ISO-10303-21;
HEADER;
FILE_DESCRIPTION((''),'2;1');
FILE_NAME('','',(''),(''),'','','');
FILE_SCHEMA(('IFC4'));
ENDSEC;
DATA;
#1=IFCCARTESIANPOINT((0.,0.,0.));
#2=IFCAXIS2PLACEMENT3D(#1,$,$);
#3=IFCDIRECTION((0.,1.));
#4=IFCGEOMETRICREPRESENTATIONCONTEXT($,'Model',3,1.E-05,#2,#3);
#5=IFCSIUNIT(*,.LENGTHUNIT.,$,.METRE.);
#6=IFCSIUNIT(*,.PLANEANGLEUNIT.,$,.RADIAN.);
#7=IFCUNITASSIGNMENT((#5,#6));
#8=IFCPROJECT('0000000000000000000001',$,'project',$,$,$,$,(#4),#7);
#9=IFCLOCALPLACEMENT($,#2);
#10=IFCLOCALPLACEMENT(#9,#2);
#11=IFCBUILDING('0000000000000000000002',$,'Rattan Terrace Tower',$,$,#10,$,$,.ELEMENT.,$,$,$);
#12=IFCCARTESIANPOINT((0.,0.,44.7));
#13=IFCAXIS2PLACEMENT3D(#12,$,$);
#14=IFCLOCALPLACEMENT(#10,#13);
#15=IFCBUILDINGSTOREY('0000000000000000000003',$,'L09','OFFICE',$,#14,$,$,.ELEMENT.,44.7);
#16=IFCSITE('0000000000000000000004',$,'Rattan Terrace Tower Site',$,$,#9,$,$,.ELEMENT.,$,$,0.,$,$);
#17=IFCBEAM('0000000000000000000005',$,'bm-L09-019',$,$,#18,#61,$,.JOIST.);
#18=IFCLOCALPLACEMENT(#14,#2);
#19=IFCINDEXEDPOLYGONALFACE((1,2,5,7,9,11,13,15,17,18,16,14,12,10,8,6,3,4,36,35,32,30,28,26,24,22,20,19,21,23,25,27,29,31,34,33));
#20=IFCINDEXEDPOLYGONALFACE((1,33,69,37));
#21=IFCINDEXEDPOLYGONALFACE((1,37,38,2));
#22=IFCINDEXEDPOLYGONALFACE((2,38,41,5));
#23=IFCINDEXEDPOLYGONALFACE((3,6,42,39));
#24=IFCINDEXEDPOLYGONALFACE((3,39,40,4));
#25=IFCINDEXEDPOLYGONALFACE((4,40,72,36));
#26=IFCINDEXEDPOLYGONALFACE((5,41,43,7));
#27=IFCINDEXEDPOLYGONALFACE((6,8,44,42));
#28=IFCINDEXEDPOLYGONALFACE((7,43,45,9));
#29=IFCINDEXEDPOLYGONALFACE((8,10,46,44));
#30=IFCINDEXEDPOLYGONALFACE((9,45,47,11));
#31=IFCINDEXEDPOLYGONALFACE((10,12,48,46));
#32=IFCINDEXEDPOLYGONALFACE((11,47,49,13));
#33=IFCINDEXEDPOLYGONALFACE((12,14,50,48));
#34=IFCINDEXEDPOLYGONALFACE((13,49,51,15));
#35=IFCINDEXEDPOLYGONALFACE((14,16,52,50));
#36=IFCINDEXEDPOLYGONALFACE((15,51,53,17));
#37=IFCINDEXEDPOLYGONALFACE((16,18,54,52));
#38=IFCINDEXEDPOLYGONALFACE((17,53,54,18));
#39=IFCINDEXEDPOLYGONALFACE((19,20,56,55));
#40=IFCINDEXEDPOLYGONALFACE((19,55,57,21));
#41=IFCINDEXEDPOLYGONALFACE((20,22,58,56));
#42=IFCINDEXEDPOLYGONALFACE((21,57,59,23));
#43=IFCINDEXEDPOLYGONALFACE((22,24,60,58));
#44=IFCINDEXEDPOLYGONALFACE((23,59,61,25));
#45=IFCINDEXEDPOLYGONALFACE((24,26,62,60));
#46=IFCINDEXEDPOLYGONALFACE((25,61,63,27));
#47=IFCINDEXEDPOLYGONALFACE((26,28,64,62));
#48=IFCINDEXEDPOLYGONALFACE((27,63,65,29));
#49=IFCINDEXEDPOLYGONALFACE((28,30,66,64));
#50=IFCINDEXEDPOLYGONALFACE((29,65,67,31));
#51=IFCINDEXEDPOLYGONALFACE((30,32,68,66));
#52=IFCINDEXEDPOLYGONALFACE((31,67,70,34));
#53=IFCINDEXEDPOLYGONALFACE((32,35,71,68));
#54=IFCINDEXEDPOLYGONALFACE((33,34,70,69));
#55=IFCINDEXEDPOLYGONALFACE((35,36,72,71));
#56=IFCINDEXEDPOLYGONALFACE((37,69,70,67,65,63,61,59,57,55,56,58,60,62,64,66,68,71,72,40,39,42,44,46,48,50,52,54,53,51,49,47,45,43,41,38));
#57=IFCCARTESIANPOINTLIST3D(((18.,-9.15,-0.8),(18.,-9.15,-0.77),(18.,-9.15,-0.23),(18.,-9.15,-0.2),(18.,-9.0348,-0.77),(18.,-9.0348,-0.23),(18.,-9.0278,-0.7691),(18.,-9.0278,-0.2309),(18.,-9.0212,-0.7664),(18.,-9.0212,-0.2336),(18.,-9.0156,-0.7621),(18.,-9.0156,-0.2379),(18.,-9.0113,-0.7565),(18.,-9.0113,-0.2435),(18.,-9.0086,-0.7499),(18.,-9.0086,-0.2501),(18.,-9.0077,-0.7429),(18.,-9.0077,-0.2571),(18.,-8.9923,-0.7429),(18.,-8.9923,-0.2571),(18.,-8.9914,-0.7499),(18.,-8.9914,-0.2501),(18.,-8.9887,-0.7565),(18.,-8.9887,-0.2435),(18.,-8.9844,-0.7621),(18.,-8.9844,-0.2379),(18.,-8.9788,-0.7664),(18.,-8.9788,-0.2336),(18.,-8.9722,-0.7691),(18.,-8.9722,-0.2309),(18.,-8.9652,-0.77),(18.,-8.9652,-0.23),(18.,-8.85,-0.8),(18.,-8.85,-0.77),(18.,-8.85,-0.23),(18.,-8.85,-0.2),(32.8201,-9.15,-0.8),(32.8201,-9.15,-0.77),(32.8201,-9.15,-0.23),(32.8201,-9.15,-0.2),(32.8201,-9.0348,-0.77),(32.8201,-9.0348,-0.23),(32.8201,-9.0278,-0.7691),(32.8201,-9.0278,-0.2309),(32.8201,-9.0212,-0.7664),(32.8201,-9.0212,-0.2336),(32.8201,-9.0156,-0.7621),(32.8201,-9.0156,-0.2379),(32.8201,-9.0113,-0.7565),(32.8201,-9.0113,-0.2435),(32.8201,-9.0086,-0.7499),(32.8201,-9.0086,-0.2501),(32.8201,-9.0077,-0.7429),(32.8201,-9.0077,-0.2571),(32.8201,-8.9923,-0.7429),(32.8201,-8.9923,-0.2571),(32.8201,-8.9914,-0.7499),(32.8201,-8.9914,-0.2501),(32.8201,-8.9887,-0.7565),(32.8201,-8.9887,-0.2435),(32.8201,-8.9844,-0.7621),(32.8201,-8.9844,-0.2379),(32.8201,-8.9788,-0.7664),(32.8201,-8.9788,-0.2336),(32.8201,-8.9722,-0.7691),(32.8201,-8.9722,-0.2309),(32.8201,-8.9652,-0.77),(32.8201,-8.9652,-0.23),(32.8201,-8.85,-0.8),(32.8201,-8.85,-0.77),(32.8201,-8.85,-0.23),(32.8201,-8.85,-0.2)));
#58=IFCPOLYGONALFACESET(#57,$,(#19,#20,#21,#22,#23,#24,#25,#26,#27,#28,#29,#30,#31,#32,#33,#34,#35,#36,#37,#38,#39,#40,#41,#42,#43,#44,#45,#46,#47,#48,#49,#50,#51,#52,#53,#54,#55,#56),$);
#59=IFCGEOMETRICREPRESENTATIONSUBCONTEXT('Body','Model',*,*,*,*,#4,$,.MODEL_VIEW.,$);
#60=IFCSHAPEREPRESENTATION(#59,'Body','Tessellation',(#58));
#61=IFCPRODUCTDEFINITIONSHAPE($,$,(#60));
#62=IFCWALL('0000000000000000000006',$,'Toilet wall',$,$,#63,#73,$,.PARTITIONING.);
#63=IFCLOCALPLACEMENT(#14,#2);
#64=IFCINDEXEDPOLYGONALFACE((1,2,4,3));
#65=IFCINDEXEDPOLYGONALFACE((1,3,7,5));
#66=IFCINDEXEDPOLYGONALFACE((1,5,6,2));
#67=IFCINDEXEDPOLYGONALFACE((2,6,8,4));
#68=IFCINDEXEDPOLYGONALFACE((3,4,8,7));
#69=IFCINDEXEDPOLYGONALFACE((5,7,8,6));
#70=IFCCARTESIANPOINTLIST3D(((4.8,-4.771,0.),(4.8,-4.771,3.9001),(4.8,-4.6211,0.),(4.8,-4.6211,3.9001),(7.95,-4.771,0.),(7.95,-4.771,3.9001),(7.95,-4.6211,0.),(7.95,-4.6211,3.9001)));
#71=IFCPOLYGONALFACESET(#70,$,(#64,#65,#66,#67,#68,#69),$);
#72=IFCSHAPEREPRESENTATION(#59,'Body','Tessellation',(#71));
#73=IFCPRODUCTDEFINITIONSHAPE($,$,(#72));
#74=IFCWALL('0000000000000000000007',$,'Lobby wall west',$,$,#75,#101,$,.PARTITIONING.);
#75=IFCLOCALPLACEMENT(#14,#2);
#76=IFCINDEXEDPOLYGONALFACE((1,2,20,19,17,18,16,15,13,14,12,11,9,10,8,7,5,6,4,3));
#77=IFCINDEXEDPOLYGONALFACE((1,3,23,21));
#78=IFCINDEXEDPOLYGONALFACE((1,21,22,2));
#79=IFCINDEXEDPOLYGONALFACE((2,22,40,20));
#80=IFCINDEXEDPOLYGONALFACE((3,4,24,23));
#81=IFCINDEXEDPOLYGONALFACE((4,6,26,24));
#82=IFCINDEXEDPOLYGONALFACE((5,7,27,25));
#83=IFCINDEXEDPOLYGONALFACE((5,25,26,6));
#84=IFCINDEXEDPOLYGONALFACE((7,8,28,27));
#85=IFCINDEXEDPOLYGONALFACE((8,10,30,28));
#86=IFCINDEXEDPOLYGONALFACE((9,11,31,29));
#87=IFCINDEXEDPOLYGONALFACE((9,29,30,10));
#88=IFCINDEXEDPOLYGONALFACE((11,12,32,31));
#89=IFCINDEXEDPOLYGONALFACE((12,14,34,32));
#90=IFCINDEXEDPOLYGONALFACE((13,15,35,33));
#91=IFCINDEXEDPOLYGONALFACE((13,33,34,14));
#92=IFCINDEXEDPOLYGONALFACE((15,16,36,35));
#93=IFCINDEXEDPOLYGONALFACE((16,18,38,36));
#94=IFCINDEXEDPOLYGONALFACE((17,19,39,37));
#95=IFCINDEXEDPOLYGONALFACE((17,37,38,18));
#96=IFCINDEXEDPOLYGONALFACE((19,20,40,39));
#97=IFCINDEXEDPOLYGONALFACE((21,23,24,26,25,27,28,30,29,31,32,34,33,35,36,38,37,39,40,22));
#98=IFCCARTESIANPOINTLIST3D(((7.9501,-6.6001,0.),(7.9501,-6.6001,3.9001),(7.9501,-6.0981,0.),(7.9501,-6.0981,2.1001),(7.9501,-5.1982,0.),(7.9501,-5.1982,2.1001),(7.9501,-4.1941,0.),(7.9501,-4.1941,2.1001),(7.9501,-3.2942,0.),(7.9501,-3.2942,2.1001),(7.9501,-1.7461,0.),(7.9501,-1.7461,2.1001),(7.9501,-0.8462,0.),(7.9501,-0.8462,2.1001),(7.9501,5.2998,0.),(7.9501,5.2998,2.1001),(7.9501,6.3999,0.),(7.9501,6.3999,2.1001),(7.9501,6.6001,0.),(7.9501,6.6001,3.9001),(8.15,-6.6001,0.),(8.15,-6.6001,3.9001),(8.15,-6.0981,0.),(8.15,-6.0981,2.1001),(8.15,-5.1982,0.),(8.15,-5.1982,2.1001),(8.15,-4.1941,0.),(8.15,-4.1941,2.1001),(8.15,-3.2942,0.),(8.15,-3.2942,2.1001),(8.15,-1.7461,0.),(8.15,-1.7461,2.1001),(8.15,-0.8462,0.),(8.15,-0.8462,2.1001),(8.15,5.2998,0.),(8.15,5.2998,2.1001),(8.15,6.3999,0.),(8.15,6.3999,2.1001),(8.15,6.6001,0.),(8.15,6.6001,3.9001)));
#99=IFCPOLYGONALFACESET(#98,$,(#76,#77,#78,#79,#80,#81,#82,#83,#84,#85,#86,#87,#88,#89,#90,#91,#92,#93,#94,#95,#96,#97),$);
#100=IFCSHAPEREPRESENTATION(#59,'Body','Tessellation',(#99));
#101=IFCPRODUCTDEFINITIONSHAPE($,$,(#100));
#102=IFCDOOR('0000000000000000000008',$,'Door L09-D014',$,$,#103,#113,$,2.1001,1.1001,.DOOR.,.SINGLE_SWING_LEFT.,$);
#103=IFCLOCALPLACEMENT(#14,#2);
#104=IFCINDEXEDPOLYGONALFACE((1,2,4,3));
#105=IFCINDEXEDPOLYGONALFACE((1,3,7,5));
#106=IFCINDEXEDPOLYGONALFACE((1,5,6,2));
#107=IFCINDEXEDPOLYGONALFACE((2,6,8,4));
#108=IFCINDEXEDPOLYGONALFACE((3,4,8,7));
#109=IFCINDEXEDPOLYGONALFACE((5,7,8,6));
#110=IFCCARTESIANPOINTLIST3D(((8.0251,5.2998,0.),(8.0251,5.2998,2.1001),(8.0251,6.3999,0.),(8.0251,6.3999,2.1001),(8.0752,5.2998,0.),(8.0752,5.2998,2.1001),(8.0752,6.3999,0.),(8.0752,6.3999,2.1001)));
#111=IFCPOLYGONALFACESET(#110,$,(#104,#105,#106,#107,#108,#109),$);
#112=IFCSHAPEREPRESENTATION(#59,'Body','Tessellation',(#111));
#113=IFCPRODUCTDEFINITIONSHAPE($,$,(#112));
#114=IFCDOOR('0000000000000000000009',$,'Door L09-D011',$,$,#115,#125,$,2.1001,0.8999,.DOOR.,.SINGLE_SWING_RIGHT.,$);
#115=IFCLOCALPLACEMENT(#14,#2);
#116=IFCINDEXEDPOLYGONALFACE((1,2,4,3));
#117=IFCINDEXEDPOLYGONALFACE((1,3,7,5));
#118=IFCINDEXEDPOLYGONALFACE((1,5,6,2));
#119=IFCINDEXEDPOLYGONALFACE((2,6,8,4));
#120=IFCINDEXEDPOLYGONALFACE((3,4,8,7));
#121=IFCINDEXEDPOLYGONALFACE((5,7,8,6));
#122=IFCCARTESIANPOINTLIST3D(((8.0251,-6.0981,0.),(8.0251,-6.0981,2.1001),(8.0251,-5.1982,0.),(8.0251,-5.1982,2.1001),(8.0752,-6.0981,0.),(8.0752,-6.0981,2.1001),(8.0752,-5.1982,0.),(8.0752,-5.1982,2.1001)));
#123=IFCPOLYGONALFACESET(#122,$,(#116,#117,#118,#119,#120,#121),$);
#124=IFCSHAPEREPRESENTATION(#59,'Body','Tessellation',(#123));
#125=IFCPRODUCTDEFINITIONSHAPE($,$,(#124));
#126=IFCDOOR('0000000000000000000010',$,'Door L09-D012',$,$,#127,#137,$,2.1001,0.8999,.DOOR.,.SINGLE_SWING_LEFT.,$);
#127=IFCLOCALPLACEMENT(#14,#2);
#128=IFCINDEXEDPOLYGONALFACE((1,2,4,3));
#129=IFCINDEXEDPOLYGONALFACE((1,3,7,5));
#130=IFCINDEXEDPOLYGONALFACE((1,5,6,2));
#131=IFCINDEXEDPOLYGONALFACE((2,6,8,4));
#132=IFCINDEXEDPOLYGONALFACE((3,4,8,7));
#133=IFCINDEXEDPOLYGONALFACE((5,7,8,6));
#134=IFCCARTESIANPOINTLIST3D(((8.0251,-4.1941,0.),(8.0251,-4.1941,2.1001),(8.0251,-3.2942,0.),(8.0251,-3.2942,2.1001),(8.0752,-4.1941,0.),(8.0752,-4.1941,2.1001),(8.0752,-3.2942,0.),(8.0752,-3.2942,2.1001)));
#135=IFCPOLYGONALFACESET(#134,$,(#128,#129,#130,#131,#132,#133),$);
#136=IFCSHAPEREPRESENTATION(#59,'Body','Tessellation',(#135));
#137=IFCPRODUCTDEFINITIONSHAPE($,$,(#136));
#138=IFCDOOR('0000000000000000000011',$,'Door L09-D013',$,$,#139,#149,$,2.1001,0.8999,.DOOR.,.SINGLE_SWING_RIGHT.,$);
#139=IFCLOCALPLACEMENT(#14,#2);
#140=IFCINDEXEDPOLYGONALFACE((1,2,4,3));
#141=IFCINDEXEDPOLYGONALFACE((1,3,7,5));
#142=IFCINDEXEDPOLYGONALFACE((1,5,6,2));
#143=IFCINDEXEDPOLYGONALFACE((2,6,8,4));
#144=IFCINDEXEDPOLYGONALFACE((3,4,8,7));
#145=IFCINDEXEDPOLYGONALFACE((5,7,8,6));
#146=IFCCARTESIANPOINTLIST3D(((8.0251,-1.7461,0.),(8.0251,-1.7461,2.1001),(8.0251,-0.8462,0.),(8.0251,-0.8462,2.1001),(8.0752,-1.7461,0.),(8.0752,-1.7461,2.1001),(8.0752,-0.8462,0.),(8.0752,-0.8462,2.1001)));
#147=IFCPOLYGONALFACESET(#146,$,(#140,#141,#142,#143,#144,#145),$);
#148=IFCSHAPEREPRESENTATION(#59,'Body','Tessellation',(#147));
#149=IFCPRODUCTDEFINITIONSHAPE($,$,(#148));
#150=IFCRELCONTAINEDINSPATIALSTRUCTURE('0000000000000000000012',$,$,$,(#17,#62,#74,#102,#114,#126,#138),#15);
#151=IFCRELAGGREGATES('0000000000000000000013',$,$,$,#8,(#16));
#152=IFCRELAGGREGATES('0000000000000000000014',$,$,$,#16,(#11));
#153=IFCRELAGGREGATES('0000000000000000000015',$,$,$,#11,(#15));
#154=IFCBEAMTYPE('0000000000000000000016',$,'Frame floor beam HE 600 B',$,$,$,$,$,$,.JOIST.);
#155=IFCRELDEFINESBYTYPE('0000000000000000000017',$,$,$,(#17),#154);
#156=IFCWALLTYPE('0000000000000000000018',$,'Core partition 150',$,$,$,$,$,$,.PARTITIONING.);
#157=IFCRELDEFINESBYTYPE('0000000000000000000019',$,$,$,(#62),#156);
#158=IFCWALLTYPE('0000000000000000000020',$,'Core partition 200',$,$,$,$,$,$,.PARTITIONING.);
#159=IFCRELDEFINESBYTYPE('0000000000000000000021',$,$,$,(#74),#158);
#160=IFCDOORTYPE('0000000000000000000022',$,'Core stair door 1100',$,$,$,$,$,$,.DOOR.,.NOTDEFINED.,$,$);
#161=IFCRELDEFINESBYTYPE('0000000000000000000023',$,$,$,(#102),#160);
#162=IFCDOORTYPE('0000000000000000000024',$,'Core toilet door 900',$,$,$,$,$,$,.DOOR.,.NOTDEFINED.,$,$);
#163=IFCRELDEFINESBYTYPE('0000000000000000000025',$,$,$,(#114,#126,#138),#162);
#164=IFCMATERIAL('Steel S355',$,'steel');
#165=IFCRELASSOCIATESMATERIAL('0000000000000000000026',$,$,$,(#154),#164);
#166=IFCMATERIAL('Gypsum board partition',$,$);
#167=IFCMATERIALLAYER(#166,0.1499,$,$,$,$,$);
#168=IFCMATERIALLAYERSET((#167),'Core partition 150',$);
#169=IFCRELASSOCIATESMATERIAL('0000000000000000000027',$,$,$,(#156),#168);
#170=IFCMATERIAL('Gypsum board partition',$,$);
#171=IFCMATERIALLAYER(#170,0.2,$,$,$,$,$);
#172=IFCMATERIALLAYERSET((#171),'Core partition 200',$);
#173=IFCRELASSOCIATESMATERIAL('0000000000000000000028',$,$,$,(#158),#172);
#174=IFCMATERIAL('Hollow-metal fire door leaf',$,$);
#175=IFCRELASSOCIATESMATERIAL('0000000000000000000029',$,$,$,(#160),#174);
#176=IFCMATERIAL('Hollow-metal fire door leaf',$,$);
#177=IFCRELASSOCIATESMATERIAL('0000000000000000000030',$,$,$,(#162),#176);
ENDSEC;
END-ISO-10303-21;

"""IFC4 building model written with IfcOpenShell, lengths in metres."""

from ifc_helpers import new_model, si_unit, direction, frame, frame_2d, origin, origin_2d, place, context, subcontext, project, spatial, rectangle, i_section, extrude, material, layer, layer_set, material_profile, profile_set, type_object, element, fill, save


model = new_model("IFC4")

# Units and contexts
model_context = context("Model", 3, precision=1e-05, world=origin(), true_north=direction((0.0, 1.0)))
body_context = subcontext(model_context, "Body", "Model", "MODEL_VIEW")
ifc_project = project(units=[si_unit("LENGTHUNIT", "METRE"), si_unit("PLANEANGLEUNIT", "RADIAN")], contexts=[model_context])

# Site, building, storey
site_placement = place(None, origin())
site = spatial("IfcSite", under=ifc_project, at=site_placement, Name="Rattan Terrace Tower Site", CompositionType="ELEMENT", RefElevation=0.0)
building_placement = place(site_placement, origin())
building = spatial("IfcBuilding", under=site, at=building_placement, Name="Rattan Terrace Tower", CompositionType="ELEMENT")
storey_placement = place(building_placement, frame((0.0, 0.0, 44.7)))
storey = spatial("IfcBuildingStorey", under=building, at=storey_placement, Name="L09", Description="OFFICE", CompositionType="ELEMENT", Elevation=44.7)

# Beam
ifc_material_1 = material(Name="Steel S355", Category="steel")
ifc_material_profile = material_profile(ifc_material_1, i_section(OverallWidth=0.3, OverallDepth=0.6001, WebThickness=0.0154, FlangeThickness=0.03, FilletRadius=0.0271, at=origin_2d()), Name="HE 600 B")
ifc_profile_set = profile_set([ifc_material_profile], Name="Steel S355")
beam_type = type_object("IfcBeamType", Name="Frame floor beam HE 600 B", PredefinedType="JOIST", material=ifc_profile_set)
beam_placement = place(storey_placement, frame((18.0, -9.0, -0.5), z_axis=(1.0, 0.0, 0.0), x_axis=(0.0, 1.0, 0.0)))
element("IfcBeam", 1, at=beam_placement, inside=storey, type_object=beam_type, Name="bm-L09-019", PredefinedType="JOIST", context=body_context, shape_type="SweptSolid", body=[
    extrude(i_section(OverallWidth=0.3, OverallDepth=0.6001, WebThickness=0.0154, FlangeThickness=0.03, FilletRadius=0.0271, at=origin_2d()), origin(), (0.0, 0.0, 1.0), 14.8201),
])

# Wall
ifc_material_2 = material(Name="Gypsum board partition")
ifc_layer_1 = layer(ifc_material_2, 0.1499)
ifc_layer_set_1 = layer_set([ifc_layer_1], Name="Core partition 150")
wall_type_1 = type_object("IfcWallType", Name="Core partition 150", PredefinedType="PARTITIONING", material=ifc_layer_set_1)
wall_1_placement = place(storey_placement, frame((4.8, -4.696, 0.0), z_axis=(0.0, 0.0, 1.0), x_axis=(1.0, 0.0, 0.0)))
element("IfcWall", 2, at=wall_1_placement, inside=storey, type_object=wall_type_1, Name="Toilet wall", PredefinedType="PARTITIONING", context=body_context, shape_type="SweptSolid", body=[
    extrude(rectangle(XDim=3.1499, YDim=0.1499, at=frame_2d((1.575, 0.0))), origin(), (0.0, 0.0, 1.0), 3.9001),
])

# Wall, openings, doors
ifc_material_3 = material(Name="Gypsum board partition")
ifc_layer_2 = layer(ifc_material_3, 0.2)
ifc_layer_set_2 = layer_set([ifc_layer_2], Name="Core partition 200")
wall_type_2 = type_object("IfcWallType", Name="Core partition 200", PredefinedType="PARTITIONING", material=ifc_layer_set_2)
wall_2_placement = place(storey_placement, frame((8.05, -6.6001, 0.0), z_axis=(0.0, 0.0, 1.0), x_axis=(0.0, 1.0, 0.0)))
wall_2 = element("IfcWall", 3, at=wall_2_placement, inside=storey, type_object=wall_type_2, Name="Lobby wall west", PredefinedType="PARTITIONING", context=body_context, shape_type="SweptSolid", body=[
    extrude(rectangle(XDim=13.2002, YDim=0.2, at=frame_2d((6.6001, 0.0))), origin(), (0.0, 0.0, 1.0), 3.9001),
])
opening_1_placement = place(wall_2_placement, frame((0.502, 0.0, 0.0)))
opening_1 = element("IfcOpeningElement", 4, at=opening_1_placement, cuts=wall_2, PredefinedType="OPENING", context=body_context, shape_type="SweptSolid", body=[
    extrude(rectangle(XDim=0.8999, YDim=2.1001, at=frame_2d((0.45, 1.05))), frame((0.0, 0.1106, 0.0), z_axis=(0.0, -1.0, 0.0), x_axis=(1.0, 0.0, 0.0)), (0.0, 0.0, 1.0), 0.2209),
])
opening_2_placement = place(wall_2_placement, frame((2.406, 0.0, 0.0)))
opening_2 = element("IfcOpeningElement", 5, at=opening_2_placement, cuts=wall_2, PredefinedType="OPENING", context=body_context, shape_type="SweptSolid", body=[
    extrude(rectangle(XDim=0.8999, YDim=2.1001, at=frame_2d((0.45, 1.05))), frame((0.0, 0.1106, 0.0), z_axis=(0.0, -1.0, 0.0), x_axis=(1.0, 0.0, 0.0)), (0.0, 0.0, 1.0), 0.2209),
])
opening_3_placement = place(wall_2_placement, frame((4.854, 0.0, 0.0)))
opening_3 = element("IfcOpeningElement", 6, at=opening_3_placement, cuts=wall_2, PredefinedType="OPENING", context=body_context, shape_type="SweptSolid", body=[
    extrude(rectangle(XDim=0.8999, YDim=2.1001, at=frame_2d((0.45, 1.05))), frame((0.0, 0.1106, 0.0), z_axis=(0.0, -1.0, 0.0), x_axis=(1.0, 0.0, 0.0)), (0.0, 0.0, 1.0), 0.2209),
])
opening_4_placement = place(wall_2_placement, frame((11.8999, 0.0, 0.0)))
opening_4 = element("IfcOpeningElement", 7, at=opening_4_placement, cuts=wall_2, PredefinedType="OPENING", context=body_context, shape_type="SweptSolid", body=[
    extrude(rectangle(XDim=1.1001, YDim=2.1001, at=frame_2d((0.55, 1.05))), frame((0.0, 0.1106, 0.0), z_axis=(0.0, -1.0, 0.0), x_axis=(1.0, 0.0, 0.0)), (0.0, 0.0, 1.0), 0.2209),
])
ifc_material_4 = material(Name="Hollow-metal fire door leaf")
door_type_1 = type_object("IfcDoorType", Name="Core stair door 1100", OperationType="NOTDEFINED", PredefinedType="DOOR", material=ifc_material_4)
door_1_placement = place(opening_4_placement, origin())
door_1 = element("IfcDoor", 8, at=door_1_placement, inside=storey, type_object=door_type_1, Name="Door L09-D014", OperationType="SINGLE_SWING_LEFT", OverallHeight=2.1001, OverallWidth=1.1001, PredefinedType="DOOR", context=body_context, shape_type="SweptSolid", body=[
    extrude(rectangle(XDim=1.1001, YDim=2.1001, at=frame_2d((0.55, 1.05))), frame((0.0, 0.0249, 0.0), z_axis=(0.0, -1.0, 0.0), x_axis=(1.0, 0.0, 0.0)), (0.0, 0.0, 1.0), 0.05),
])
fill(opening_4, door_1)
ifc_material_5 = material(Name="Hollow-metal fire door leaf")
door_type_2 = type_object("IfcDoorType", Name="Core toilet door 900", OperationType="NOTDEFINED", PredefinedType="DOOR", material=ifc_material_5)
door_2_placement = place(opening_1_placement, origin())
door_2 = element("IfcDoor", 9, at=door_2_placement, inside=storey, type_object=door_type_2, Name="Door L09-D011", OperationType="SINGLE_SWING_RIGHT", OverallHeight=2.1001, OverallWidth=0.8999, PredefinedType="DOOR", context=body_context, shape_type="SweptSolid", body=[
    extrude(rectangle(XDim=0.8999, YDim=2.1001, at=frame_2d((0.45, 1.05))), frame((0.0, 0.0249, 0.0), z_axis=(0.0, -1.0, 0.0), x_axis=(1.0, 0.0, 0.0)), (0.0, 0.0, 1.0), 0.05),
])
fill(opening_1, door_2)
door_3_placement = place(opening_2_placement, origin())
door_3 = element("IfcDoor", 10, at=door_3_placement, inside=storey, type_object=door_type_2, Name="Door L09-D012", OperationType="SINGLE_SWING_LEFT", OverallHeight=2.1001, OverallWidth=0.8999, PredefinedType="DOOR", context=body_context, shape_type="SweptSolid", body=[
    extrude(rectangle(XDim=0.8999, YDim=2.1001, at=frame_2d((0.45, 1.05))), frame((0.0, 0.0249, 0.0), z_axis=(0.0, -1.0, 0.0), x_axis=(1.0, 0.0, 0.0)), (0.0, 0.0, 1.0), 0.05),
])
fill(opening_2, door_3)
door_4_placement = place(opening_3_placement, origin())
door_4 = element("IfcDoor", 11, at=door_4_placement, inside=storey, type_object=door_type_2, Name="Door L09-D013", OperationType="SINGLE_SWING_RIGHT", OverallHeight=2.1001, OverallWidth=0.8999, PredefinedType="DOOR", context=body_context, shape_type="SweptSolid", body=[
    extrude(rectangle(XDim=0.8999, YDim=2.1001, at=frame_2d((0.45, 1.05))), frame((0.0, 0.0249, 0.0), z_axis=(0.0, -1.0, 0.0), x_axis=(1.0, 0.0, 0.0)), (0.0, 0.0, 1.0), 0.05),
])
fill(opening_3, door_4)

save(model, "model.ifc")
